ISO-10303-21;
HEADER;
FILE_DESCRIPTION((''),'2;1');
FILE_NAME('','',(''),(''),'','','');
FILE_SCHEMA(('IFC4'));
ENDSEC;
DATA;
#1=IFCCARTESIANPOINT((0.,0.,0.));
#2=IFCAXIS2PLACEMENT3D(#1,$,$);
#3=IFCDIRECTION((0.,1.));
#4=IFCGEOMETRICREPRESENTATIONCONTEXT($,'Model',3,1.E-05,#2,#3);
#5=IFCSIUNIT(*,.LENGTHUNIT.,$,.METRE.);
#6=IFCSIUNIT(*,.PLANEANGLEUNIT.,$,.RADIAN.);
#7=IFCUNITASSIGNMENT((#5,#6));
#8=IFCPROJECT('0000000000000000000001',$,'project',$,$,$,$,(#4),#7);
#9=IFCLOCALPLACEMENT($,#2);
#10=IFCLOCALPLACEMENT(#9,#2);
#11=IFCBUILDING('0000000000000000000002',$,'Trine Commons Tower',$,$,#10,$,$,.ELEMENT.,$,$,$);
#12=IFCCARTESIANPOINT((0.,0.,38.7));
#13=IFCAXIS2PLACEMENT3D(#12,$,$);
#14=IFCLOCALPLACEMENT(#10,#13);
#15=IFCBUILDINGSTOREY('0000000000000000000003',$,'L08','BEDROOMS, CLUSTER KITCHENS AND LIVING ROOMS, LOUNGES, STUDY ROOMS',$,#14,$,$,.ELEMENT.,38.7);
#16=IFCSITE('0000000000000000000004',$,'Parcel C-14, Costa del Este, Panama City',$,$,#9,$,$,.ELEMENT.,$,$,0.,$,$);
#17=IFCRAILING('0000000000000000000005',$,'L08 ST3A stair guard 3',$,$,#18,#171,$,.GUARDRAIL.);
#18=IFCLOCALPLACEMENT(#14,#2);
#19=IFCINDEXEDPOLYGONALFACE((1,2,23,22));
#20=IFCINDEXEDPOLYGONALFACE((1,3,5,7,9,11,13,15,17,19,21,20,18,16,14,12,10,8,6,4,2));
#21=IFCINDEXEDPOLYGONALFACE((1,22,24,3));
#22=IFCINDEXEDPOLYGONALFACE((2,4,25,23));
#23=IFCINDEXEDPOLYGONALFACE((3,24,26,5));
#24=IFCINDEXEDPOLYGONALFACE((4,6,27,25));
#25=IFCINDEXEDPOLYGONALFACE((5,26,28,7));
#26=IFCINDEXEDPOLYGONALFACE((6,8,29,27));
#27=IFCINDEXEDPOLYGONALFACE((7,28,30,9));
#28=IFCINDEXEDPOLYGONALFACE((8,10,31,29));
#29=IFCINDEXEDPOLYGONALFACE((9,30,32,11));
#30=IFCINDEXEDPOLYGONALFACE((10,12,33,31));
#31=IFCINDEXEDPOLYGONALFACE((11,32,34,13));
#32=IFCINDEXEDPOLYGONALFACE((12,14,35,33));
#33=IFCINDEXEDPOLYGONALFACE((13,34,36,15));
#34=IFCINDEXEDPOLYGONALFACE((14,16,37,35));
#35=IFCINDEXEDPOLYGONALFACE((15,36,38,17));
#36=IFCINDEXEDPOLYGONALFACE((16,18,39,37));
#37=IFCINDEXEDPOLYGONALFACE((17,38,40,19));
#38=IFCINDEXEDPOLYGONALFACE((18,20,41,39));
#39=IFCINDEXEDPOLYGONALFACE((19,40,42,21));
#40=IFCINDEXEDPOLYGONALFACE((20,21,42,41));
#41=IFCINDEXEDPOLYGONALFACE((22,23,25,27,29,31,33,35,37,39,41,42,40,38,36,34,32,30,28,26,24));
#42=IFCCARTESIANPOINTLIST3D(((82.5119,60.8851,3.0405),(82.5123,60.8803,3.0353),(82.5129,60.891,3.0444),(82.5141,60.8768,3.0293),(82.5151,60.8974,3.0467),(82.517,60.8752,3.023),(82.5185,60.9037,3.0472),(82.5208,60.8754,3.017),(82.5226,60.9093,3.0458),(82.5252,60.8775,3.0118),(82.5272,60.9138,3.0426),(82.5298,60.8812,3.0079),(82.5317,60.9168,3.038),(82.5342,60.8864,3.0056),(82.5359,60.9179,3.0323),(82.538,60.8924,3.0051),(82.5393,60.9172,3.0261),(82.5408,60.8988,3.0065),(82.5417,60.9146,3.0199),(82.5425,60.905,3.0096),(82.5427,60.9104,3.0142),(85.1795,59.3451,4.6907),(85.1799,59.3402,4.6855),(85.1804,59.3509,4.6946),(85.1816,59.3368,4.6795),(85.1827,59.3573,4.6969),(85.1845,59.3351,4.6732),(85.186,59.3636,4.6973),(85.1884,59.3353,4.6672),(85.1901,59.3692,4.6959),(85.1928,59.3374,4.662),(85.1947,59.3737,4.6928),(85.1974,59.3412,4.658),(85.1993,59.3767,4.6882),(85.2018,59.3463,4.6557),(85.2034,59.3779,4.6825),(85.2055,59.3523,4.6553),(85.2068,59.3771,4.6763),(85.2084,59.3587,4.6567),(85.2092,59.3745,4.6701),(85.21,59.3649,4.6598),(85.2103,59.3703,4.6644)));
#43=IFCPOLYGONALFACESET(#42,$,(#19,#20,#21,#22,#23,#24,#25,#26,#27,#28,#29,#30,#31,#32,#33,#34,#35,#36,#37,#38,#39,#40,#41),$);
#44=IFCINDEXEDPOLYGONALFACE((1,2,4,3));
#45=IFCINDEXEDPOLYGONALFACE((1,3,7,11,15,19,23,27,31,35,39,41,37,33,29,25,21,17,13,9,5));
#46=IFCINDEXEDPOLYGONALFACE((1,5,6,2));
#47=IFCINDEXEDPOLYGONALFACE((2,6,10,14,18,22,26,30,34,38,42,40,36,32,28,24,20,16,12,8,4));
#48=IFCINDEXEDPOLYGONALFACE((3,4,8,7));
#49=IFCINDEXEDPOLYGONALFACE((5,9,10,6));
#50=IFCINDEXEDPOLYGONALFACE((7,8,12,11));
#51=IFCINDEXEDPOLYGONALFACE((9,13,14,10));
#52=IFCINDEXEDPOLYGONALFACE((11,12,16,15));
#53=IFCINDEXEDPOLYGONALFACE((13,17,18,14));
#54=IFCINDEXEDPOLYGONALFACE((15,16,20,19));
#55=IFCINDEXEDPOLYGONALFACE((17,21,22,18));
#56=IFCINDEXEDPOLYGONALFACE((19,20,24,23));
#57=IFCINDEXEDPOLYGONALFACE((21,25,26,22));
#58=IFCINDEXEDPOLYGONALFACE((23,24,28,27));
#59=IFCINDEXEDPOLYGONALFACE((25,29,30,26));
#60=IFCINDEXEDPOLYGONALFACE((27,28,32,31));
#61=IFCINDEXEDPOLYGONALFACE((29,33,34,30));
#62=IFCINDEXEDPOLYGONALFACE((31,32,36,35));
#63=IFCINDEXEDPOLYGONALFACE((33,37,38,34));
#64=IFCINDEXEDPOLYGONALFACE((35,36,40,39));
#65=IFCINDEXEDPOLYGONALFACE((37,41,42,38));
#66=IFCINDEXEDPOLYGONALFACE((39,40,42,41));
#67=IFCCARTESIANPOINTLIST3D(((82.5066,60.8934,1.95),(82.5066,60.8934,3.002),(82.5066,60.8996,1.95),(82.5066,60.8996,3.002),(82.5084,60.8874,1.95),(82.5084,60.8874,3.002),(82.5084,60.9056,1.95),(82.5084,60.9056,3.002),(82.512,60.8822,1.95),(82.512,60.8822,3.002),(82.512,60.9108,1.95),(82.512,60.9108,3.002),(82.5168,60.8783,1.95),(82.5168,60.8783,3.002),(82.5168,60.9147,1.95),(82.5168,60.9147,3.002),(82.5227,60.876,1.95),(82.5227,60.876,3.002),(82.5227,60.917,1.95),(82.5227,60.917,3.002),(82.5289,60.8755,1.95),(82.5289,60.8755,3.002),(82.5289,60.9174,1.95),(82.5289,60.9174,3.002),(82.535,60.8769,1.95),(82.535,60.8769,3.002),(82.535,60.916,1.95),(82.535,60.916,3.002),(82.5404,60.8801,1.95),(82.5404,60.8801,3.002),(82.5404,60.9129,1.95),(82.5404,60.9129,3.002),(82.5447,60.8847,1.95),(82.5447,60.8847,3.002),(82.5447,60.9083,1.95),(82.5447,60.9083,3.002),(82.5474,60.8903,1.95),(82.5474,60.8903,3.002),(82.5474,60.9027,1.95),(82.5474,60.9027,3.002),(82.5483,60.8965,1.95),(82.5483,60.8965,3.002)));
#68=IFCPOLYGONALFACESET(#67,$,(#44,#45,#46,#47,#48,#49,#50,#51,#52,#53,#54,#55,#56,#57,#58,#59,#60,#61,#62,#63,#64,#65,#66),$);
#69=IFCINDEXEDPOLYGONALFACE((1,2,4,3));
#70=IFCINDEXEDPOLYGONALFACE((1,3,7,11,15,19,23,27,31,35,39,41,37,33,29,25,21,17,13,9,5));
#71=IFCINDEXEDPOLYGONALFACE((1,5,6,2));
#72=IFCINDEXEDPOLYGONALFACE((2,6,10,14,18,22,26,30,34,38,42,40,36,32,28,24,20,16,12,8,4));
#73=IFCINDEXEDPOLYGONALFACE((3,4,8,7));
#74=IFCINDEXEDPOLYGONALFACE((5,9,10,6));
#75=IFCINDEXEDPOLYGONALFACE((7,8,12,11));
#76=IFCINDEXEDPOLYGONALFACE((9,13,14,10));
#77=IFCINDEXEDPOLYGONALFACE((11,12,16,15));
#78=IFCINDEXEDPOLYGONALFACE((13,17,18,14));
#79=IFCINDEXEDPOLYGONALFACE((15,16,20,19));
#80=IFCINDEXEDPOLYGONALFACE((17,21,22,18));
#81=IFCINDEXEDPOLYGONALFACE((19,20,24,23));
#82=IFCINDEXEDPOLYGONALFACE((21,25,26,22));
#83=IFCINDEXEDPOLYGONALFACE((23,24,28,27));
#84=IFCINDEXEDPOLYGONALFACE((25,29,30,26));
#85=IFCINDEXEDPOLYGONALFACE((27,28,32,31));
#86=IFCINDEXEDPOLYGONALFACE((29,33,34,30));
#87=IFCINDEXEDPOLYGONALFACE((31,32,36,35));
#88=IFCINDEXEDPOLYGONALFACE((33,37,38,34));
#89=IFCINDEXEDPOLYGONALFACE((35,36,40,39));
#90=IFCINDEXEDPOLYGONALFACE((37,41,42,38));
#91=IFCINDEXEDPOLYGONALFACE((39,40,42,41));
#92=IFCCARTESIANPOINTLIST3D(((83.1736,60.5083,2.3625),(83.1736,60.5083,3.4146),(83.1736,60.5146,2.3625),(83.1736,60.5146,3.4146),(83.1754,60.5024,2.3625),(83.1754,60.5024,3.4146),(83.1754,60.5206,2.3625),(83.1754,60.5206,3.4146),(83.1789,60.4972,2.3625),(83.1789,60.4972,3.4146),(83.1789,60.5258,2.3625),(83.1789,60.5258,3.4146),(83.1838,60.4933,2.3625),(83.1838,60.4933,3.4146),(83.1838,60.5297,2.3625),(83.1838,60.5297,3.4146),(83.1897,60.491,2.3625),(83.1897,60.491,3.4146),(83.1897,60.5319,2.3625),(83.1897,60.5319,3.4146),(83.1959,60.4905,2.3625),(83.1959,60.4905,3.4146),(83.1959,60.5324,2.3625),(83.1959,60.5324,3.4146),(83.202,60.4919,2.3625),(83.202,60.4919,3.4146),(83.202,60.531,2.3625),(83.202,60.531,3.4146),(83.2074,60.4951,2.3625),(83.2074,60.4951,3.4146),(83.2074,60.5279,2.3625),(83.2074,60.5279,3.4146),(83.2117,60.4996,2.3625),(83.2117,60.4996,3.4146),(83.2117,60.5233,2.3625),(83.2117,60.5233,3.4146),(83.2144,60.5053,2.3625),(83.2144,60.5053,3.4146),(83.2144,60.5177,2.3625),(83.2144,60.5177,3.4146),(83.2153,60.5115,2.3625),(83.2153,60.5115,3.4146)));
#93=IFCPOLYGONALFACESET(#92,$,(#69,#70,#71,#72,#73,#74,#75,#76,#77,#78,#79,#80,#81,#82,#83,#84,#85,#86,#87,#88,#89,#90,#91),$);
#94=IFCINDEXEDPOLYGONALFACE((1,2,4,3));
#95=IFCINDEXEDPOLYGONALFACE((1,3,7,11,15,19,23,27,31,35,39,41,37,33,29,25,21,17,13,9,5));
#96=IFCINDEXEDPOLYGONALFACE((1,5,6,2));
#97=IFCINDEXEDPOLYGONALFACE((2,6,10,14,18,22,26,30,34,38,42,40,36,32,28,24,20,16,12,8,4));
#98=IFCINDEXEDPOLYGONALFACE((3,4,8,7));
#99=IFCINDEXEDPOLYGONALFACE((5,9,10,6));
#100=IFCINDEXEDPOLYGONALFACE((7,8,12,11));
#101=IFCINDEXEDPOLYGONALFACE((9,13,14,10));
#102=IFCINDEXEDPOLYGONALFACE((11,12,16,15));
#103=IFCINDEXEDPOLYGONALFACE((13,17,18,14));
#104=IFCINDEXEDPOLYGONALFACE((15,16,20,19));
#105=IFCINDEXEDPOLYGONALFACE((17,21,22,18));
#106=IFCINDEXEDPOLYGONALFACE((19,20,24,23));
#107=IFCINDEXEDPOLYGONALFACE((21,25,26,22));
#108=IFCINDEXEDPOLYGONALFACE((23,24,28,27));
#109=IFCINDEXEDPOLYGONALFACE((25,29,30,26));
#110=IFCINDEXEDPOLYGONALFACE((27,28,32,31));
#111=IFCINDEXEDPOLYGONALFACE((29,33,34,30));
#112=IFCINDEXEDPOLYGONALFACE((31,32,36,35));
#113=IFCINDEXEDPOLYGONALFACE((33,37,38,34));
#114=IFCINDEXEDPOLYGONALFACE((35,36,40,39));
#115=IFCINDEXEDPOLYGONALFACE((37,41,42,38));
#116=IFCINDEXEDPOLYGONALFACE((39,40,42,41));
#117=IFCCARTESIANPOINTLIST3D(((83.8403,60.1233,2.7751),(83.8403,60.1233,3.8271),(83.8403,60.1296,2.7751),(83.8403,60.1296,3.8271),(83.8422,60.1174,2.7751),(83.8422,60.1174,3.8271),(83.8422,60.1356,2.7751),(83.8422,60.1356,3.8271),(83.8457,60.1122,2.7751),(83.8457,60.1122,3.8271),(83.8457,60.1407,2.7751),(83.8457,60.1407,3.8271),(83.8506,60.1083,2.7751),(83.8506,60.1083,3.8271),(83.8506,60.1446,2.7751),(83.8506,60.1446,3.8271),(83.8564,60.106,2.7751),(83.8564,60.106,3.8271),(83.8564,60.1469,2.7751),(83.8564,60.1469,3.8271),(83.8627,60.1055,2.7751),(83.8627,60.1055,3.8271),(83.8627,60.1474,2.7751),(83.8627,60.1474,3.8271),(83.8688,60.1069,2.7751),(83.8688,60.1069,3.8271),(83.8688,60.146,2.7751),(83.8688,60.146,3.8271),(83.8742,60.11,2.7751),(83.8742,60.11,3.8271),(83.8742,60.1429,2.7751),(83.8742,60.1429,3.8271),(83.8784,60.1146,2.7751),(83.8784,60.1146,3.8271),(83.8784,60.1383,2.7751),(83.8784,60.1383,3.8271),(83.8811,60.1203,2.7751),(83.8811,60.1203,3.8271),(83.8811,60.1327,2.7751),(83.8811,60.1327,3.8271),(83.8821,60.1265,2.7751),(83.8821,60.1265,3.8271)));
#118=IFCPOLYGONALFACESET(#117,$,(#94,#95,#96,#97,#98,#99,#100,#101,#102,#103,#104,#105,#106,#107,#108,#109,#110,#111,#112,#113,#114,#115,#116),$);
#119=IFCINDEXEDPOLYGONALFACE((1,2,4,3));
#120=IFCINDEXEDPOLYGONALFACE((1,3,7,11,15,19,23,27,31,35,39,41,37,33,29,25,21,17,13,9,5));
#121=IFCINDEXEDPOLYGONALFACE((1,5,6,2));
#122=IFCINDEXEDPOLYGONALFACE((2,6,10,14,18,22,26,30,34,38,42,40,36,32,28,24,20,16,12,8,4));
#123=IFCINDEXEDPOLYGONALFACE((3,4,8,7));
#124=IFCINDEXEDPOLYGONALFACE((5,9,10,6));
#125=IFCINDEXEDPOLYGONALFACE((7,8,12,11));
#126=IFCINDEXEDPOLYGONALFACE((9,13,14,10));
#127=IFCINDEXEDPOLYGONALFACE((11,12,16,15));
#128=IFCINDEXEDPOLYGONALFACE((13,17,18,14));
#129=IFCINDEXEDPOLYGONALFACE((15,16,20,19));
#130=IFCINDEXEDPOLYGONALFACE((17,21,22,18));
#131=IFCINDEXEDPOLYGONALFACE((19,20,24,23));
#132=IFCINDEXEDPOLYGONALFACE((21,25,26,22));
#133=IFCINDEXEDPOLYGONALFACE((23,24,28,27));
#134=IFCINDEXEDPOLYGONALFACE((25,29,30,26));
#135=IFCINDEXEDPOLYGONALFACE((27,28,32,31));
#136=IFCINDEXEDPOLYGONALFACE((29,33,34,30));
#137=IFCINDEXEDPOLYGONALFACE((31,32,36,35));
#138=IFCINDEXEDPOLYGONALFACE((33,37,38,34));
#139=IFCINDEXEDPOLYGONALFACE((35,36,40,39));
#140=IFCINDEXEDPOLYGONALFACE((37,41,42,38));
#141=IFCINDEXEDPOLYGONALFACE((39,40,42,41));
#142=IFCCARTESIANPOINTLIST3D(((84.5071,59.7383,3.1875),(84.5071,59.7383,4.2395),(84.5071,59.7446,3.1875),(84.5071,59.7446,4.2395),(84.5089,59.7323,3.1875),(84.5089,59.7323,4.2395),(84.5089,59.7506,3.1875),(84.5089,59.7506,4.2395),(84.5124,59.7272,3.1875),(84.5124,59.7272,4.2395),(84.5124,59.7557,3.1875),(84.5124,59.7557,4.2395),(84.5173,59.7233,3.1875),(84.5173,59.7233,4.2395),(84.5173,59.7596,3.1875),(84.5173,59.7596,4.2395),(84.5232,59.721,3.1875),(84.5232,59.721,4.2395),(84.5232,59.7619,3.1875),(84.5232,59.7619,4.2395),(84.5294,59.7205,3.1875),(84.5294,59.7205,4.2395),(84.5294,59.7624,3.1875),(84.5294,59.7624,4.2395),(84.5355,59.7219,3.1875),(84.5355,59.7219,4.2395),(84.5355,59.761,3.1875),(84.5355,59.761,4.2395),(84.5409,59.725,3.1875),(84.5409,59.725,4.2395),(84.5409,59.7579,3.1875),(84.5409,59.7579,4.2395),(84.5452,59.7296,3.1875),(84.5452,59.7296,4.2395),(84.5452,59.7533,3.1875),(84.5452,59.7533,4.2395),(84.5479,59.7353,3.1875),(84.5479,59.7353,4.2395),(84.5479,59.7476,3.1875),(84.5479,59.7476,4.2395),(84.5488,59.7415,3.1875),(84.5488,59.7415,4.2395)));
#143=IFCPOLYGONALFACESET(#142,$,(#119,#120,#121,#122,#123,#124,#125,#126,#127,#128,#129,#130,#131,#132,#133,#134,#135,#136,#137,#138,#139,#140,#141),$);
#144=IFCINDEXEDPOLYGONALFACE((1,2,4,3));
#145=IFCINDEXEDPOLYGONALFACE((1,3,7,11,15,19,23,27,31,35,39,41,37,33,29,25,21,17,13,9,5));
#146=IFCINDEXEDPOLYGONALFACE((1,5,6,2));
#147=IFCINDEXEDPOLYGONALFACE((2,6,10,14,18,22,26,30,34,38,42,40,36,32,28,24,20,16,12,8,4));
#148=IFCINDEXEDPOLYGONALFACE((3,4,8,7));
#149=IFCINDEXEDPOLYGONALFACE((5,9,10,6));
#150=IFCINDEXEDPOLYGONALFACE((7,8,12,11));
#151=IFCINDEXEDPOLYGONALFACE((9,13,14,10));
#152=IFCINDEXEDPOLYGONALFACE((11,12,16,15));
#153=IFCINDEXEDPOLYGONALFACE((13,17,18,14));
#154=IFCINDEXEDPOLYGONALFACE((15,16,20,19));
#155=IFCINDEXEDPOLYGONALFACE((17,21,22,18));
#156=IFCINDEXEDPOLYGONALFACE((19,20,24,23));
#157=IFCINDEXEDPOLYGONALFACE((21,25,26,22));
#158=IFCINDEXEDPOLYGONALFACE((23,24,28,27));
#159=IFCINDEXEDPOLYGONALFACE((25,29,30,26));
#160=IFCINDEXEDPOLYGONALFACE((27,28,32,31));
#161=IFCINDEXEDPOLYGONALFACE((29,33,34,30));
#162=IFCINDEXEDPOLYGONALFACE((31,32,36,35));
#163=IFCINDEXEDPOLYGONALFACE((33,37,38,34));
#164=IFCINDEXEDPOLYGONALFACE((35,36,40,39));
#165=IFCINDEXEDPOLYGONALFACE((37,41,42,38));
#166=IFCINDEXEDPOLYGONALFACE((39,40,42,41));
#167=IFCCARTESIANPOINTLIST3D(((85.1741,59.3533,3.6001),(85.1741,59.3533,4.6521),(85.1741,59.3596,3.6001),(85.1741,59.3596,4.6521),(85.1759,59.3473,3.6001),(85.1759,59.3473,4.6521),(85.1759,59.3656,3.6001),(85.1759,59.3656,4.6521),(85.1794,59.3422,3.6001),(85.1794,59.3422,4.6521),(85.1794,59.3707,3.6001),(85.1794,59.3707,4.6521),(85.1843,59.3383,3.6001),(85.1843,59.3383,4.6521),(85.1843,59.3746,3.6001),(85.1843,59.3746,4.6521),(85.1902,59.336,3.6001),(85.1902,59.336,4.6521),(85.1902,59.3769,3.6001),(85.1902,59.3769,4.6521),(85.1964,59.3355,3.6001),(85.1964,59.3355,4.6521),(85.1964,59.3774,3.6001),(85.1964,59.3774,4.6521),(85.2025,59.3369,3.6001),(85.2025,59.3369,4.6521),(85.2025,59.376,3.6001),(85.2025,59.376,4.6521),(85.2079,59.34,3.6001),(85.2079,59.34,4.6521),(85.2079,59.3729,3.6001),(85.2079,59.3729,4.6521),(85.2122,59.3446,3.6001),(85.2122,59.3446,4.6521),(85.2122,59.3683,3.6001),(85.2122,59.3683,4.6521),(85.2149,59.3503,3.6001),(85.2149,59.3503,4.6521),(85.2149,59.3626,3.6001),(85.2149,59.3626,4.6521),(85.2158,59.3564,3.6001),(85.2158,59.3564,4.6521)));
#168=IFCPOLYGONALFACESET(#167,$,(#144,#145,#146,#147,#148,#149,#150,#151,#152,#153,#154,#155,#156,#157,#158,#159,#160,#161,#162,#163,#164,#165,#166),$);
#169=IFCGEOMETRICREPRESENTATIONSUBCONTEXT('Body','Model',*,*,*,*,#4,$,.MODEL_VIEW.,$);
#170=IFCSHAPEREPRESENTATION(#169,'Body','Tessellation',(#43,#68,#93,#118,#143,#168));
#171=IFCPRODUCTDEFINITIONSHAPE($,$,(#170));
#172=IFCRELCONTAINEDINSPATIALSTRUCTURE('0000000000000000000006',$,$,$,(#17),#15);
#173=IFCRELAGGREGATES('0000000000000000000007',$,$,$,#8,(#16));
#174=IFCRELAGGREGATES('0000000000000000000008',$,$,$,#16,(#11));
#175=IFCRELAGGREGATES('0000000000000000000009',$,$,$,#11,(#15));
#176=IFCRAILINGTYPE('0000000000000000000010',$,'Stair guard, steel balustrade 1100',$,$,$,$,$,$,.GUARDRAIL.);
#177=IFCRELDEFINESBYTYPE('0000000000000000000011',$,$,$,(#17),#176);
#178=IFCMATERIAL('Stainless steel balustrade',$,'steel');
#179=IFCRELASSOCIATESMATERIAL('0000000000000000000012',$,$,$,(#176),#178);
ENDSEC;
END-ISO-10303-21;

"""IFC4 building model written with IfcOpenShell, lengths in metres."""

from ifc_helpers import new_model, si_unit, direction, frame, origin, origin_2d, place, context, subcontext, project, spatial, circle, extrude, material, type_object, element, save


model = new_model("IFC4")

# Units and contexts
model_context = context("Model", 3, precision=1e-05, world=origin(), true_north=direction((0.0, 1.0)))
body_context = subcontext(model_context, "Body", "Model", "MODEL_VIEW")
ifc_project = project(units=[si_unit("LENGTHUNIT", "METRE"), si_unit("PLANEANGLEUNIT", "RADIAN")], contexts=[model_context])

# Site, building, storey
site_placement = place(None, origin())
site = spatial("IfcSite", under=ifc_project, at=site_placement, Name="Parcel C-14, Costa del Este, Panama City", CompositionType="ELEMENT", RefElevation=0.0)
building_placement = place(site_placement, origin())
building = spatial("IfcBuilding", under=site, at=building_placement, Name="Trine Commons Tower", CompositionType="ELEMENT")
storey_placement = place(building_placement, frame((0.0, 0.0, 38.7)))
storey = spatial("IfcBuildingStorey", under=building, at=storey_placement, Name="L08", Description="BEDROOMS, CLUSTER KITCHENS AND LIVING ROOMS, LOUNGES, STUDY ROOMS", CompositionType="ELEMENT", Elevation=38.7)

# Railing
ifc_material_1 = material(Name="Stainless steel balustrade", Category="steel")
railing_type_1 = type_object("IfcRailingType", Name="Stair guard, steel balustrade 1100", PredefinedType="GUARDRAIL", material=ifc_material_1)
railing_1_placement = place(storey_placement, frame((82.5273, 60.8965, 1.95)))
element("IfcRailing", 1, at=railing_1_placement, inside=storey, type_object=railing_type_1, Name="L08 ST3A stair guard 3", PredefinedType="GUARDRAIL", context=body_context, shape_type="SweptSolid", body=[
    extrude(circle(Radius=0.0239, at=origin_2d()), frame((0.0, 0.0, 1.0762), z_axis=(0.76338, -0.440728, 0.472239), x_axis=(0.499992, 0.86603, 0.0)), (0.0, 0.0, 1.0), 3.4944),
    extrude(circle(Radius=0.021, at=origin_2d()), origin(), (0.0, 0.0, 1.0), 1.052),
    extrude(circle(Radius=0.021, at=origin_2d()), frame((0.667, -0.385, 0.4126)), (0.0, 0.0, 1.0), 1.052),
    extrude(circle(Radius=0.021, at=origin_2d()), frame((1.3337, -0.77, 0.8252)), (0.0, 0.0, 1.0), 1.052),
    extrude(circle(Radius=0.021, at=origin_2d()), frame((2.0005, -1.155, 1.2375)), (0.0, 0.0, 1.0), 1.052),
    extrude(circle(Radius=0.021, at=origin_2d()), frame((2.6675, -1.54, 1.6501)), (0.0, 0.0, 1.0), 1.052),
])

save(model, "model.ifc")
